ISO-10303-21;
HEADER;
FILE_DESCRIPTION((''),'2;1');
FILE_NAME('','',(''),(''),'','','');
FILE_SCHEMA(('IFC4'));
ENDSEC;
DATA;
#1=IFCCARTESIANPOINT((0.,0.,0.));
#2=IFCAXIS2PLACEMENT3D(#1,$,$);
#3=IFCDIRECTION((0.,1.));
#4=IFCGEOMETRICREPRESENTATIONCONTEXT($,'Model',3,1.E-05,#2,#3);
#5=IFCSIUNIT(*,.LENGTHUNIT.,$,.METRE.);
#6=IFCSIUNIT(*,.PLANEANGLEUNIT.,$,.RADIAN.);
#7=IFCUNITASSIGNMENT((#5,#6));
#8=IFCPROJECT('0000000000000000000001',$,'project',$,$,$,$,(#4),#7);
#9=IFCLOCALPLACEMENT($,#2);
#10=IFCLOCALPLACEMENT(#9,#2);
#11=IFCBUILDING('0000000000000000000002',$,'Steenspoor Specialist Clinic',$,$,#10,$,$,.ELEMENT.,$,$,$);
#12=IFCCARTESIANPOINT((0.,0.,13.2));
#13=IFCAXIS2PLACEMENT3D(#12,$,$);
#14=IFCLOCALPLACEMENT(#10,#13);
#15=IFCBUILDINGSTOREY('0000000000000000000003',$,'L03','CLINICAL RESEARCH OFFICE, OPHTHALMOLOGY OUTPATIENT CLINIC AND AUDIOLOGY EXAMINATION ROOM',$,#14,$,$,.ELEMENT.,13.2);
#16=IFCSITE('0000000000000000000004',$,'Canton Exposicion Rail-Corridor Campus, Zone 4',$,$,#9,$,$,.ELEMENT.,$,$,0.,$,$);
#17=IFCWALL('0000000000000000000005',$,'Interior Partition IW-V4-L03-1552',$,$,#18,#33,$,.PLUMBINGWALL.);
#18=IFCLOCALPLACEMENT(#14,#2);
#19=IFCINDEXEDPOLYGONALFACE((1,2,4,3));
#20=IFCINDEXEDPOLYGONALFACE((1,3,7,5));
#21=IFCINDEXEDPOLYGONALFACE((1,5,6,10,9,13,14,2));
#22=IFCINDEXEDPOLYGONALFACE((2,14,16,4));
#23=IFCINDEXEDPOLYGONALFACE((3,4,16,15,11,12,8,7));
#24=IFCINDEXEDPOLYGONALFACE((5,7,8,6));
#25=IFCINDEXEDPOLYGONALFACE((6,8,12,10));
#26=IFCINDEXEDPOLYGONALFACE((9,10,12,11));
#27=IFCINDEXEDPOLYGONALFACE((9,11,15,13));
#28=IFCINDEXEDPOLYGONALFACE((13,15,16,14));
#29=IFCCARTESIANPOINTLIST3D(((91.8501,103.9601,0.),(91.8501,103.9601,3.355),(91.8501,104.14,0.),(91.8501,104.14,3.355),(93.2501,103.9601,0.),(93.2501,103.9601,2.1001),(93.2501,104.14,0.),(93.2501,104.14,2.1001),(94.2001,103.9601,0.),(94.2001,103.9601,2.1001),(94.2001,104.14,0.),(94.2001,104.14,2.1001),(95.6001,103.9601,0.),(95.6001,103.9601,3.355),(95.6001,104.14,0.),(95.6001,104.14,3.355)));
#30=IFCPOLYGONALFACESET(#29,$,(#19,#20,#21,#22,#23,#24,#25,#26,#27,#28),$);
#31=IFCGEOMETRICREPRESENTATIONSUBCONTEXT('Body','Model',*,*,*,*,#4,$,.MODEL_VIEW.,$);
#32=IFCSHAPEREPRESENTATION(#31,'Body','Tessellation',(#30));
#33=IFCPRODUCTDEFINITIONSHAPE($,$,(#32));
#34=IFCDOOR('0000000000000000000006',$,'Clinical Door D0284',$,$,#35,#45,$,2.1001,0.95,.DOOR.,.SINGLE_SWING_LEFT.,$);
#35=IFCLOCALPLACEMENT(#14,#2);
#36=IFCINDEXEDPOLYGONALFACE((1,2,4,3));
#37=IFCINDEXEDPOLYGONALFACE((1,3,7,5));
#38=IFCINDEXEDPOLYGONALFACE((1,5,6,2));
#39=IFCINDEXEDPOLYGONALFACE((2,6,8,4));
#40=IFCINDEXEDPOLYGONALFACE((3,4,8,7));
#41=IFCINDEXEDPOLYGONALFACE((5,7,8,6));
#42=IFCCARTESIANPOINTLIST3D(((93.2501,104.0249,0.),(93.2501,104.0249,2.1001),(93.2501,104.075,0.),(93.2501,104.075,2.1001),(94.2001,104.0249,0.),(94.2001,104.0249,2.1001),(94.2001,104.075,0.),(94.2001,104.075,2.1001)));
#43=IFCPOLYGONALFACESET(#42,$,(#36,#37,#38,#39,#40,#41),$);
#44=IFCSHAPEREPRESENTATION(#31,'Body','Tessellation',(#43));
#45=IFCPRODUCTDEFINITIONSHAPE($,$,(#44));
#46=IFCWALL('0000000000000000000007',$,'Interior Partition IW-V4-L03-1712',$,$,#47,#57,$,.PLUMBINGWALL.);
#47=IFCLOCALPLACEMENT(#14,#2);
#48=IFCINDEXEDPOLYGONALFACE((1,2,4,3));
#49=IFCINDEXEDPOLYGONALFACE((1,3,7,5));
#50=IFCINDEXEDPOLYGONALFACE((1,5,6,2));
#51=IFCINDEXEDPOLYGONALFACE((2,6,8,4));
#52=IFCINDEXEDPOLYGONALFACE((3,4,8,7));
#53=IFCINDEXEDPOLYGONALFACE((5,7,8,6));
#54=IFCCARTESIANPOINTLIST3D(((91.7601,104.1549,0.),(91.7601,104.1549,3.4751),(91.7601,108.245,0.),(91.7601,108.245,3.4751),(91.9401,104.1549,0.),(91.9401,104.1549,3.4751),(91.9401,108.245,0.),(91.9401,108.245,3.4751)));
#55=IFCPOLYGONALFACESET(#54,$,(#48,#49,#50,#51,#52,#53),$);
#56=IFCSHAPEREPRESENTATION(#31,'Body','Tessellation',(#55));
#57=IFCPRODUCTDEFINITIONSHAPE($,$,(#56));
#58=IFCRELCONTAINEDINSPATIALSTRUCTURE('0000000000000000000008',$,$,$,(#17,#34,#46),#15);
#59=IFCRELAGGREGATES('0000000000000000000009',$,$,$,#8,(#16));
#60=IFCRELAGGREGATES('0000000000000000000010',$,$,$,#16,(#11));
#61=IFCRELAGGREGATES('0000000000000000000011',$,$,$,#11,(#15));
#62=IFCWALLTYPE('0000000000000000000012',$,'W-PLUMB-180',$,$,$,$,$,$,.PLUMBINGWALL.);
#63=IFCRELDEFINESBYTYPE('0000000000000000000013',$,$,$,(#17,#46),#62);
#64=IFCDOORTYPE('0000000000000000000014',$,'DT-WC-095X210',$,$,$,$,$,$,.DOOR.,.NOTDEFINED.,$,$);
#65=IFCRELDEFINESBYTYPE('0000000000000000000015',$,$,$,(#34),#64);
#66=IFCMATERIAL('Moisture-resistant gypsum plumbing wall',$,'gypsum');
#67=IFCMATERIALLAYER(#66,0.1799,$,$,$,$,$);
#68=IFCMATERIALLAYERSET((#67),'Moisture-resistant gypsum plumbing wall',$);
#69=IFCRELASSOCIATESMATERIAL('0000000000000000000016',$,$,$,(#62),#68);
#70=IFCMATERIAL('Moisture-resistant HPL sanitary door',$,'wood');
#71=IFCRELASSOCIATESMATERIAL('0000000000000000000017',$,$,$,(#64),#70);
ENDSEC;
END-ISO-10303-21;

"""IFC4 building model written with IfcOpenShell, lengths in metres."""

from ifc_helpers import new_model, si_unit, direction, frame, frame_2d, origin, place, context, subcontext, project, spatial, rectangle, extrude, material, layer, layer_set, type_object, element, fill, save


model = new_model("IFC4")

# Units and contexts
model_context = context("Model", 3, precision=1e-05, world=origin(), true_north=direction((0.0, 1.0)))
body_context = subcontext(model_context, "Body", "Model", "MODEL_VIEW")
ifc_project = project(units=[si_unit("LENGTHUNIT", "METRE"), si_unit("PLANEANGLEUNIT", "RADIAN")], contexts=[model_context])

# Site, building, storey
site_placement = place(None, origin())
site = spatial("IfcSite", under=ifc_project, at=site_placement, Name="Canton Exposicion Rail-Corridor Campus, Zone 4", CompositionType="ELEMENT", RefElevation=0.0)
building_placement = place(site_placement, origin())
building = spatial("IfcBuilding", under=site, at=building_placement, Name="Steenspoor Specialist Clinic", CompositionType="ELEMENT")
storey_placement = place(building_placement, frame((0.0, 0.0, 13.2)))
storey = spatial("IfcBuildingStorey", under=building, at=storey_placement, Name="L03", Description="CLINICAL RESEARCH OFFICE, OPHTHALMOLOGY OUTPATIENT CLINIC AND AUDIOLOGY EXAMINATION ROOM", CompositionType="ELEMENT", Elevation=13.2)

# Wall, opening, door
ifc_material_1 = material(Name="Moisture-resistant gypsum plumbing wall", Category="gypsum")
ifc_layer_1 = layer(ifc_material_1, 0.1799)
ifc_layer_set_1 = layer_set([ifc_layer_1], Name="Moisture-resistant gypsum plumbing wall")
wall_type_1 = type_object("IfcWallType", Name="W-PLUMB-180", PredefinedType="PLUMBINGWALL", material=ifc_layer_set_1)
wall_1_placement = place(storey_placement, frame((91.8501, 104.05, 0.0), z_axis=(0.0, 0.0, 1.0), x_axis=(1.0, 0.0, 0.0)))
wall_1 = element("IfcWall", 1, at=wall_1_placement, inside=storey, type_object=wall_type_1, Name="Interior Partition IW-V4-L03-1552", PredefinedType="PLUMBINGWALL", context=body_context, shape_type="SweptSolid", body=[
    extrude(rectangle(XDim=3.75, YDim=0.1799, at=frame_2d((1.875, 0.0))), origin(), (0.0, 0.0, 1.0), 3.355),
])
opening_1_placement = place(wall_1_placement, frame((1.3999, 0.0, 0.0)))
opening_1 = element("IfcOpeningElement", 2, at=opening_1_placement, cuts=wall_1, PredefinedType="OPENING", context=body_context, shape_type="SweptSolid", body=[
    extrude(rectangle(XDim=0.95, YDim=2.1001, at=frame_2d((0.4751, 1.05))), frame((0.0, 0.1001, 0.0), z_axis=(0.0, -1.0, 0.0), x_axis=(1.0, 0.0, 0.0)), (0.0, 0.0, 1.0), 0.2),
])
ifc_material_2 = material(Name="Moisture-resistant HPL sanitary door", Category="wood")
door_type_1 = type_object("IfcDoorType", Name="DT-WC-095X210", OperationType="NOTDEFINED", PredefinedType="DOOR", material=ifc_material_2)
door_1_placement = place(opening_1_placement, origin())
door_1 = element("IfcDoor", 3, at=door_1_placement, inside=storey, type_object=door_type_1, Name="Clinical Door D0284", OperationType="SINGLE_SWING_LEFT", OverallHeight=2.1001, OverallWidth=0.95, PredefinedType="DOOR", context=body_context, shape_type="SweptSolid", body=[
    extrude(rectangle(XDim=0.95, YDim=2.1001, at=frame_2d((0.4751, 1.05))), frame((0.0, 0.0249, 0.0), z_axis=(0.0, -1.0, 0.0), x_axis=(1.0, 0.0, 0.0)), (0.0, 0.0, 1.0), 0.05),
])
fill(opening_1, door_1)

# Wall
wall_2_placement = place(storey_placement, frame((91.8501, 104.155, 0.0), z_axis=(0.0, 0.0, 1.0), x_axis=(0.0, 1.0, 0.0)))
element("IfcWall", 4, at=wall_2_placement, inside=storey, type_object=wall_type_1, Name="Interior Partition IW-V4-L03-1712", PredefinedType="PLUMBINGWALL", context=body_context, shape_type="SweptSolid", body=[
    extrude(rectangle(XDim=4.0901, YDim=0.1799, at=frame_2d((2.0449, 0.0))), origin(), (0.0, 0.0, 1.0), 3.4751),
])

save(model, "model.ifc")
